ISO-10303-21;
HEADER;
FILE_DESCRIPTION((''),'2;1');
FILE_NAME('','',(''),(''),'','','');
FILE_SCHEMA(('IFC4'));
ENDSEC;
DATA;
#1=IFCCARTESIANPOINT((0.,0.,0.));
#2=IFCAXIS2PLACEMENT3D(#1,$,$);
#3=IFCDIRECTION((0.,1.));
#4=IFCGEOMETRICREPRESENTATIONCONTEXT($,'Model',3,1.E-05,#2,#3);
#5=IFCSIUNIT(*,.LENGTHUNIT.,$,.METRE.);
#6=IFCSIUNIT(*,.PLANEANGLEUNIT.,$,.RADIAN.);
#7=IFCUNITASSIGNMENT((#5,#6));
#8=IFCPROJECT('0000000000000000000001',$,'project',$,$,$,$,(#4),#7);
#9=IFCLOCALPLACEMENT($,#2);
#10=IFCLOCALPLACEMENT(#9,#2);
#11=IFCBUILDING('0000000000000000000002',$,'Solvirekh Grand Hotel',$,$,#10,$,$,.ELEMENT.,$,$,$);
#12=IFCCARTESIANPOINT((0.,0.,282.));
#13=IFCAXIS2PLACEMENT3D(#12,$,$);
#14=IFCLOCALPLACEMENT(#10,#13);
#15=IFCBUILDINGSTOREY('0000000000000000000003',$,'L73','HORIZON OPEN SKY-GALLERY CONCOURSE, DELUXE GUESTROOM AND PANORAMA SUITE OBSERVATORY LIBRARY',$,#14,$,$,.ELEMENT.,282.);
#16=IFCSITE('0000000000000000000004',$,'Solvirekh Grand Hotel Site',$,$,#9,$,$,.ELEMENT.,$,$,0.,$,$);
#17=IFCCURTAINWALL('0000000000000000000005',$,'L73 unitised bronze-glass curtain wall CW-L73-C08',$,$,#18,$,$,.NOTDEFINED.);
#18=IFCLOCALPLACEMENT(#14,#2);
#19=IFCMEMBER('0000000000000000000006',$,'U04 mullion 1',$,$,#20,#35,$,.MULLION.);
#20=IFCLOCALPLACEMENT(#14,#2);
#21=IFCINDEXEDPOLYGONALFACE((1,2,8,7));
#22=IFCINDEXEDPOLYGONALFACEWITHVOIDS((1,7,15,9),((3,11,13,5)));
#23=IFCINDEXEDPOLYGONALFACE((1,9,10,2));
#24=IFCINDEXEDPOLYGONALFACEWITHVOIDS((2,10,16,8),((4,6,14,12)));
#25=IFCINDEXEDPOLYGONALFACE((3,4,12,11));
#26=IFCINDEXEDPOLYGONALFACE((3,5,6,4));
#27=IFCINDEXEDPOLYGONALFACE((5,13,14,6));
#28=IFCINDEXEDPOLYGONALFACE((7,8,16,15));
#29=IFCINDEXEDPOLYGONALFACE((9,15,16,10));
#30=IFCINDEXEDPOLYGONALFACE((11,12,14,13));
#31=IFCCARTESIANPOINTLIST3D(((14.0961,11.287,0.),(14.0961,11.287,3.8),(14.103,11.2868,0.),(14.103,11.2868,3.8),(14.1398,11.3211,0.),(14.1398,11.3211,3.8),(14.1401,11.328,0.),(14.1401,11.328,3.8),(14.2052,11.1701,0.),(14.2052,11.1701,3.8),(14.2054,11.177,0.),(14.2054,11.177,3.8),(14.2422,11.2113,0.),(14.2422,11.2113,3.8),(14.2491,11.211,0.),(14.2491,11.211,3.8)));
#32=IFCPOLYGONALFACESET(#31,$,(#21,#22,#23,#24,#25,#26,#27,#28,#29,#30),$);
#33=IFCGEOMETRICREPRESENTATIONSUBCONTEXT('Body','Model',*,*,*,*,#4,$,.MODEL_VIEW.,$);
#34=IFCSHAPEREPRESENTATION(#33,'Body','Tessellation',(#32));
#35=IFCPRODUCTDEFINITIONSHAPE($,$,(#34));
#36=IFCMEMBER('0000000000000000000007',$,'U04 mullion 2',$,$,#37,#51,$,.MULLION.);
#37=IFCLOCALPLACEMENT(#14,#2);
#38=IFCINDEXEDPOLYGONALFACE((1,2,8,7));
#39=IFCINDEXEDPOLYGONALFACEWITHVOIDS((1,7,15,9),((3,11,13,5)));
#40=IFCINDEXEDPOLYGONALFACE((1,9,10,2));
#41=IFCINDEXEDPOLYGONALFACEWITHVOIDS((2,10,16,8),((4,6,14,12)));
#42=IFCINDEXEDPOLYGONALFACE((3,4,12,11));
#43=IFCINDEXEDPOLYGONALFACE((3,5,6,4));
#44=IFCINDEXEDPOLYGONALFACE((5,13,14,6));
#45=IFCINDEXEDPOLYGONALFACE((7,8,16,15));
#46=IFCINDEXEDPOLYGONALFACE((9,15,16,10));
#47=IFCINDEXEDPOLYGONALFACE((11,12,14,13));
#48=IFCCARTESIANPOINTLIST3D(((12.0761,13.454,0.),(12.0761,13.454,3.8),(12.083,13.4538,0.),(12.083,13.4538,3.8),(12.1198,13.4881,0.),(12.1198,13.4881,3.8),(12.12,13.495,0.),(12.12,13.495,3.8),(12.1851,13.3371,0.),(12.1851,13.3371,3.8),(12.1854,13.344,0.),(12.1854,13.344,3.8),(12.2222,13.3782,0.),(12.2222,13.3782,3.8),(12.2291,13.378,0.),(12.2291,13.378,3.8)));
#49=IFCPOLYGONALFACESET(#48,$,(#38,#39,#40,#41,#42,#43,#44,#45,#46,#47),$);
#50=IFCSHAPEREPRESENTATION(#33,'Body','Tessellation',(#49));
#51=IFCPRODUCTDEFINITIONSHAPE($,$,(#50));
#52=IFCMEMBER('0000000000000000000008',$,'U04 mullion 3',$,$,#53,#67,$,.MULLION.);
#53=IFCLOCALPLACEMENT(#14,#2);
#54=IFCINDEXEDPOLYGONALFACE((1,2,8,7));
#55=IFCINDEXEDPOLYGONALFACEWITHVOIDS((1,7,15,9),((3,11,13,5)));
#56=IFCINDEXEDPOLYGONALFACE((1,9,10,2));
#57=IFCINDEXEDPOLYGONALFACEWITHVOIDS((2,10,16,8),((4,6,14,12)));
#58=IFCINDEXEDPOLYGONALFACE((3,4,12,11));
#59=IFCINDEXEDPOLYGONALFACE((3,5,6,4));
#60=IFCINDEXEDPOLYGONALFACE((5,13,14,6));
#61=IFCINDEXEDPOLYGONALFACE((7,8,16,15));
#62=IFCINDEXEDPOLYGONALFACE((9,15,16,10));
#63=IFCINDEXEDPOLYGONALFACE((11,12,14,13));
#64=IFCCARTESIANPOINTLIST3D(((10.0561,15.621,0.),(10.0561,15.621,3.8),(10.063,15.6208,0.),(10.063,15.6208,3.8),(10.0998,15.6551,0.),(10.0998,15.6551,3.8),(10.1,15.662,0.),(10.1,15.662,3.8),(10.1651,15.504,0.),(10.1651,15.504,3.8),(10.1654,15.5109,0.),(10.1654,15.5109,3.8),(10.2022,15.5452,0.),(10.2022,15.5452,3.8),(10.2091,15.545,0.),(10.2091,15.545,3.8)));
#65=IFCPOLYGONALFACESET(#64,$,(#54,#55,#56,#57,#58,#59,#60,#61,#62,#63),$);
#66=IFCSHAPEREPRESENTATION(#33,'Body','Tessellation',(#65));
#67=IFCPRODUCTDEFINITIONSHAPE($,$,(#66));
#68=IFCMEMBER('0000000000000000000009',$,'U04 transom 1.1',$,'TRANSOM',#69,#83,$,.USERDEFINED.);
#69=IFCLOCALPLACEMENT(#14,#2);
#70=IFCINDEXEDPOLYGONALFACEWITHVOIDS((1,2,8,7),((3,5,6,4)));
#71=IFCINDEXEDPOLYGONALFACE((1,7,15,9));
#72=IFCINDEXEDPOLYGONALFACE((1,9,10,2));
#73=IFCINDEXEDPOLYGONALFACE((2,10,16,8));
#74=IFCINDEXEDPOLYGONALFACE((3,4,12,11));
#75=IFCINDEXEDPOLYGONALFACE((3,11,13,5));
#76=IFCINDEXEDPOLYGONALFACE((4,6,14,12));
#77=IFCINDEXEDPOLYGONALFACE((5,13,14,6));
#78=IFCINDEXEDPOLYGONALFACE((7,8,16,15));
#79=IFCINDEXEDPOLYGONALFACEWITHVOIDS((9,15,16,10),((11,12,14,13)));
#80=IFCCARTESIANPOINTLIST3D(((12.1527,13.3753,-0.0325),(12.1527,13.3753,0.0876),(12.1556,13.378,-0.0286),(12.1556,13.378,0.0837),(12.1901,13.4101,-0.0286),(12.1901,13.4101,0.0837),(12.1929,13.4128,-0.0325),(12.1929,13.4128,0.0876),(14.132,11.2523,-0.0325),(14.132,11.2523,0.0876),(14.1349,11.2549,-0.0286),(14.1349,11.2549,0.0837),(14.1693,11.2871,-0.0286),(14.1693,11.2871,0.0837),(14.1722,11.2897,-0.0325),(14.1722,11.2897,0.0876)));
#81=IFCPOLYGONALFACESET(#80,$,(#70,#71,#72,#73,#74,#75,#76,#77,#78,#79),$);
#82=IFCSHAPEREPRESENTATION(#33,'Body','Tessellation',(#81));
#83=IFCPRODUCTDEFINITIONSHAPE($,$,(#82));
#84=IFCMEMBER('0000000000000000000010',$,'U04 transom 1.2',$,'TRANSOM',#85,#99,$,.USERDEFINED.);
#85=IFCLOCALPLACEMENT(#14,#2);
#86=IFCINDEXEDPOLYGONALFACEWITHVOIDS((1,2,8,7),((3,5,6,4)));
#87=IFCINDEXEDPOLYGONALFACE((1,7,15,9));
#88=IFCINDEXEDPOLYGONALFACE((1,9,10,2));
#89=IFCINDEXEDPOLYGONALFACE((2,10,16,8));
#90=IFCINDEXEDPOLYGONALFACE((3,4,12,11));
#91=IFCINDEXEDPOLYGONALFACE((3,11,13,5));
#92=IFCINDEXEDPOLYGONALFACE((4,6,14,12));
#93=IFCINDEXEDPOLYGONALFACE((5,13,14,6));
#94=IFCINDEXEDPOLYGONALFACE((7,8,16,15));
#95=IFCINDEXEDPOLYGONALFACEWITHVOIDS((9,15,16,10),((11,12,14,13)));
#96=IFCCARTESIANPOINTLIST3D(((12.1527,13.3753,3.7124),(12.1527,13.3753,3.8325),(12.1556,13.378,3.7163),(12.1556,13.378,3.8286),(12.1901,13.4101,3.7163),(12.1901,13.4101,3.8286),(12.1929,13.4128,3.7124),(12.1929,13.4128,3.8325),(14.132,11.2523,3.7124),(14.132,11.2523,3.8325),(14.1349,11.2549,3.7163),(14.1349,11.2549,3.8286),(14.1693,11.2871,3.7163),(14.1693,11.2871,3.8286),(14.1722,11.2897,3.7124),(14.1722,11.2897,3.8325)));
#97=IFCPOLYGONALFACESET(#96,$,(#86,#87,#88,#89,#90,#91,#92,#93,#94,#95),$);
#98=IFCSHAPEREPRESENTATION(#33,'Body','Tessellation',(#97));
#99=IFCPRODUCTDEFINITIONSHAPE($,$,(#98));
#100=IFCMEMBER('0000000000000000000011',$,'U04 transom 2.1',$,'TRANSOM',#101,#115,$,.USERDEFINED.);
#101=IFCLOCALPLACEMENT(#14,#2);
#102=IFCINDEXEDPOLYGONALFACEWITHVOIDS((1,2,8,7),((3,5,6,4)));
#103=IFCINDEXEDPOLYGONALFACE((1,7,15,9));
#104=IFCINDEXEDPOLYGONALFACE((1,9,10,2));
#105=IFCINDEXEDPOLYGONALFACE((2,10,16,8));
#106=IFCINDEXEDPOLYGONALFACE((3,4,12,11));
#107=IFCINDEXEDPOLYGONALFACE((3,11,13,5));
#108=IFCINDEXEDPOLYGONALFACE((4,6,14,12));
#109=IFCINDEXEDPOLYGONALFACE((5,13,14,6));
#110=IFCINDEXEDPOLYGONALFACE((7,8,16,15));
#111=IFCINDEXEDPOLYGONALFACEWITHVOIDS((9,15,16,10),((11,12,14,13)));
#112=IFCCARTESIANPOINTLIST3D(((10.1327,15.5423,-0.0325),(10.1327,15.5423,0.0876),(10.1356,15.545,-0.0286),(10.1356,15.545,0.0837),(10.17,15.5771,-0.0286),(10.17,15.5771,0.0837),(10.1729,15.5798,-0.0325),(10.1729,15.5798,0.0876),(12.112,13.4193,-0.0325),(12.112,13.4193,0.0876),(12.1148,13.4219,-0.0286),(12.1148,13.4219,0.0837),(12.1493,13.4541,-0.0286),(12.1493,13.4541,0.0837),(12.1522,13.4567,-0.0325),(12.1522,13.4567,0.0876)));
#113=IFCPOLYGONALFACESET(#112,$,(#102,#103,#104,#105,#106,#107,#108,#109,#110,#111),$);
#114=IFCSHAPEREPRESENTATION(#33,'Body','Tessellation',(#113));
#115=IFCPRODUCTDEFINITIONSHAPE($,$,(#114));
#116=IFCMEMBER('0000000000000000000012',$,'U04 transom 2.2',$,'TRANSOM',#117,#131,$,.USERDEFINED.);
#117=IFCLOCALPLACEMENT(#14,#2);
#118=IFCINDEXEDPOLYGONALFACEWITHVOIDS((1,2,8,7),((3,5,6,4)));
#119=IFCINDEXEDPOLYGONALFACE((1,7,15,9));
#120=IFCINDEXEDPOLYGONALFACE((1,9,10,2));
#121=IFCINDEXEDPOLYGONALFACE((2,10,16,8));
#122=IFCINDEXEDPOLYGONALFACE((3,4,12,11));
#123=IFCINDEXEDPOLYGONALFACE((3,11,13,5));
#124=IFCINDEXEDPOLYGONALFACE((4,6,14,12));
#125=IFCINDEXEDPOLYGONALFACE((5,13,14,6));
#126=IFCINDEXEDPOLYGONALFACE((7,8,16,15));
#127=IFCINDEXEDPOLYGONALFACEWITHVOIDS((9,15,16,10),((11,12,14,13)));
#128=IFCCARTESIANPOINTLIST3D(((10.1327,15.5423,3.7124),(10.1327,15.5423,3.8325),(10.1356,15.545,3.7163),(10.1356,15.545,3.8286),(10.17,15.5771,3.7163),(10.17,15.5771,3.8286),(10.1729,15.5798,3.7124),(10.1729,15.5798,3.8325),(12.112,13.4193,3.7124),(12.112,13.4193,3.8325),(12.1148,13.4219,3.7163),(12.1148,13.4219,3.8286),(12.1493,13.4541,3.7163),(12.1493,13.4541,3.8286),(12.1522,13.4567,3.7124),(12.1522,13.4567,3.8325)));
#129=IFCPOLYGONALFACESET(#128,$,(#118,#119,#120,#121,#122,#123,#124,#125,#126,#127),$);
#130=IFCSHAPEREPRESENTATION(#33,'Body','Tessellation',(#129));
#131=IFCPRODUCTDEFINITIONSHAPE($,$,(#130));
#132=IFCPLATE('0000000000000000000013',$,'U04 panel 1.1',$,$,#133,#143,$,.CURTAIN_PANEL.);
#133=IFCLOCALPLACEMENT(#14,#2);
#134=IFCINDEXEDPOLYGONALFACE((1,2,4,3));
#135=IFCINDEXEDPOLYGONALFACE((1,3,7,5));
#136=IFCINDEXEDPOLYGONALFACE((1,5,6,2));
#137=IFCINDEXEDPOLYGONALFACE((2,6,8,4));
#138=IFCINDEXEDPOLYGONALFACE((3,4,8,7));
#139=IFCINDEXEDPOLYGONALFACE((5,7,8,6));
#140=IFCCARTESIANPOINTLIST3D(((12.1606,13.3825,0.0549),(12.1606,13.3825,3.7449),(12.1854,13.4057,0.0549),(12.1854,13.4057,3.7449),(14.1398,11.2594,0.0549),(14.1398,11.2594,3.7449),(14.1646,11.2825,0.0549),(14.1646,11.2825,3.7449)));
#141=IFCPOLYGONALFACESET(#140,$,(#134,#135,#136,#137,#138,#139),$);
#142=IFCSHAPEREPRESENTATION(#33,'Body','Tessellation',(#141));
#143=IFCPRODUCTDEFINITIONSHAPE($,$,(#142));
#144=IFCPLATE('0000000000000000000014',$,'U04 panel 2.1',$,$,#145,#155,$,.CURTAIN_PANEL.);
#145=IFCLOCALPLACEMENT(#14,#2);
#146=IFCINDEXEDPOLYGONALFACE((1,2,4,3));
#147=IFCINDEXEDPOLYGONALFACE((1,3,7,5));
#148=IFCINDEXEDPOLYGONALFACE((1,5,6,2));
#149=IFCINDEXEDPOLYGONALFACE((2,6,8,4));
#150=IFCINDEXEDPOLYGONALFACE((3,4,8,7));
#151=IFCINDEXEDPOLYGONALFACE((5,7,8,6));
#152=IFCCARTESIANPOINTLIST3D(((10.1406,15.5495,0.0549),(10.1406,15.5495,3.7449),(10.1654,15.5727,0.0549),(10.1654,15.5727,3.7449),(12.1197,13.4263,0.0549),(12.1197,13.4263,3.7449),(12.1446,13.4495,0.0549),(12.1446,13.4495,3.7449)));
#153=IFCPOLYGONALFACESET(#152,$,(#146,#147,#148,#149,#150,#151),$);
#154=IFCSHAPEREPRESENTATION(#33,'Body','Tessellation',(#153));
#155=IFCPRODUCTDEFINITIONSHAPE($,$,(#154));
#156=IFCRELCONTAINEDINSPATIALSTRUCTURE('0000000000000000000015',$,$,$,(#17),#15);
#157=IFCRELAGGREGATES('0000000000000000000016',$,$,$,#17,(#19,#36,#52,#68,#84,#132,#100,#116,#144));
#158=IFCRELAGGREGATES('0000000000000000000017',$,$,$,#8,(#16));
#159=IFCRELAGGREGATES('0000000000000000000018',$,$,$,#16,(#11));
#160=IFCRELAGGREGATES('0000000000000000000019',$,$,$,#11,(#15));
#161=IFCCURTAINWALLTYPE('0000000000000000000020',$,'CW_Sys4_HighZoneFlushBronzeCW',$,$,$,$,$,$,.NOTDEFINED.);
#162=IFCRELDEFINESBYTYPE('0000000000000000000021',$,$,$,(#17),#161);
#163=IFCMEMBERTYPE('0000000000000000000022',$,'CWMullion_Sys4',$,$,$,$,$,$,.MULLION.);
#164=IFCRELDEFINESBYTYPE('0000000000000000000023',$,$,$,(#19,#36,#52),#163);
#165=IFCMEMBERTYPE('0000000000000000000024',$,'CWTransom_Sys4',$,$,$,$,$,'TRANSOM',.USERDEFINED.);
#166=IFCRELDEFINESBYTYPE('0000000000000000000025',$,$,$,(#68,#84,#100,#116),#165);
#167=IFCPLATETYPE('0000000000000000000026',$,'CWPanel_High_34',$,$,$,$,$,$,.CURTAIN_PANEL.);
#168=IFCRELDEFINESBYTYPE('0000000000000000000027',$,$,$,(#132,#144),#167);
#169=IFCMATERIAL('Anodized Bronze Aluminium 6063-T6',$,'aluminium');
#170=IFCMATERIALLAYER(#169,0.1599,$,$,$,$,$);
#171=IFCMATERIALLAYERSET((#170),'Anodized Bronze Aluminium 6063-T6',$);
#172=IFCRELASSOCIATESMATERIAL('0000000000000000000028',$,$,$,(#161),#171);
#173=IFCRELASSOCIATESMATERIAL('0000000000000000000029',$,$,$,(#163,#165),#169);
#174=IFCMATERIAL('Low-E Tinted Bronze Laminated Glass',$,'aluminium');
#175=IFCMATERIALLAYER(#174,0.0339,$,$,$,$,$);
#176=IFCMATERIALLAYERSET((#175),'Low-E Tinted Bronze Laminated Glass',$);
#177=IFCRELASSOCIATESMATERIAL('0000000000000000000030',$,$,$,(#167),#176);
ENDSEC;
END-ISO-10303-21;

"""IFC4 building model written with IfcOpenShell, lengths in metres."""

from ifc_helpers import new_model, si_unit, direction, frame, origin, origin_2d, place, context, subcontext, project, spatial, rectangle, hollow_rectangle, extrude, source, transform, mapped, material, layer, layer_set, material_profile, profile_set, type_object, element, aggregate, save


model = new_model("IFC4")

# Units and contexts
model_context = context("Model", 3, precision=1e-05, world=origin(), true_north=direction((0.0, 1.0)))
body_context = subcontext(model_context, "Body", "Model", "MODEL_VIEW")
ifc_project = project(units=[si_unit("LENGTHUNIT", "METRE"), si_unit("PLANEANGLEUNIT", "RADIAN")], contexts=[model_context])

# Site, building, storey
site_placement = place(None, origin())
site = spatial("IfcSite", under=ifc_project, at=site_placement, Name="Solvirekh Grand Hotel Site", CompositionType="ELEMENT", RefElevation=0.0)
building_placement = place(site_placement, origin())
building = spatial("IfcBuilding", under=site, at=building_placement, Name="Solvirekh Grand Hotel", CompositionType="ELEMENT")
storey_placement = place(building_placement, frame((0.0, 0.0, 282.0)))
storey = spatial("IfcBuildingStorey", under=building, at=storey_placement, Name="L73", Description="HORIZON OPEN SKY-GALLERY CONCOURSE, DELUXE GUESTROOM AND PANORAMA SUITE OBSERVATORY LIBRARY", CompositionType="ELEMENT", Elevation=282.0)

# Curtain wall, members, plates
ifc_material_1 = material(Name="Anodized Bronze Aluminium 6063-T6", Category="aluminium")
ifc_layer_1 = layer(ifc_material_1, 0.1599)
ifc_layer_set_1 = layer_set([ifc_layer_1], Name="Anodized Bronze Aluminium 6063-T6")
curtain_wall_type = type_object("IfcCurtainWallType", Name="CW_Sys4_HighZoneFlushBronzeCW", PredefinedType="NOTDEFINED", material=ifc_layer_set_1)
curtain_wall_placement = place(storey_placement, origin())
curtain_wall = element("IfcCurtainWall", 1, at=curtain_wall_placement, inside=storey, type_object=curtain_wall_type, Name="L73 unitised bronze-glass curtain wall CW-L73-C08", PredefinedType="NOTDEFINED")
ifc_material_profile_1 = material_profile(ifc_material_1, hollow_rectangle(XDim=0.0601, YDim=0.1599, WallThickness=0.0049, at=origin_2d()), Name="ALU RHS 160X60X5")
ifc_profile_set_1 = profile_set([ifc_material_profile_1], Name="Anodized Bronze Aluminium 6063-T6")
member_type_1 = type_object("IfcMemberType", Name="CWMullion_Sys4", PredefinedType="MULLION", material=ifc_profile_set_1)
shared_shape_1 = source(origin(), body_context, "Body", "SweptSolid", [
    extrude(hollow_rectangle(XDim=0.0601, YDim=0.1599, WallThickness=0.0049, at=origin_2d()), origin(), (0.0, 0.0, 1.0), 3.8),
])
member_1_placement = place(storey_placement, frame((14.1726, 11.249, 0.0), z_axis=(0.0, 0.0, 1.0), x_axis=(-0.731483, -0.68186, 0.0)))
member_1 = element("IfcMember", 2, at=member_1_placement, type_object=member_type_1, Name="U04 mullion 1", PredefinedType="MULLION", context=body_context, shape_type="MappedRepresentation", body=[
    mapped(shared_shape_1, transform((0.0, 0.0, 0.0), x_axis=(1.0, 0.0, 0.0), y_axis=(0.0, 1.0, 0.0), z_axis=(0.0, 0.0, 1.0), scale=1.0)),
])
member_2_placement = place(storey_placement, frame((12.1526, 13.416, 0.0), z_axis=(0.0, 0.0, 1.0), x_axis=(-0.731483, -0.68186, 0.0)))
member_2 = element("IfcMember", 3, at=member_2_placement, type_object=member_type_1, Name="U04 mullion 2", PredefinedType="MULLION", context=body_context, shape_type="MappedRepresentation", body=[
    mapped(shared_shape_1, transform((0.0, 0.0, 0.0), x_axis=(1.0, 0.0, 0.0), y_axis=(0.0, 1.0, 0.0), z_axis=(0.0, 0.0, 1.0), scale=1.0)),
])
member_3_placement = place(storey_placement, frame((10.1326, 15.583, 0.0), z_axis=(0.0, 0.0, 1.0), x_axis=(-0.731483, -0.68186, 0.0)))
member_3 = element("IfcMember", 4, at=member_3_placement, type_object=member_type_1, Name="U04 mullion 3", PredefinedType="MULLION", context=body_context, shape_type="MappedRepresentation", body=[
    mapped(shared_shape_1, transform((0.0, 0.0, 0.0), x_axis=(1.0, 0.0, 0.0), y_axis=(0.0, 1.0, 0.0), z_axis=(0.0, 0.0, 1.0), scale=1.0)),
])
ifc_material_profile_2 = material_profile(ifc_material_1, hollow_rectangle(XDim=0.0549, YDim=0.1201, WallThickness=0.0039, at=origin_2d()), Name="ALU RHS 120X55X4")
ifc_profile_set_2 = profile_set([ifc_material_profile_2], Name="Anodized Bronze Aluminium 6063-T6")
member_type_2 = type_object("IfcMemberType", Name="CWTransom_Sys4", ElementType="TRANSOM", PredefinedType="USERDEFINED", material=ifc_profile_set_2)
shared_shape_2 = source(origin(), body_context, "Body", "SweptSolid", [
    extrude(hollow_rectangle(XDim=0.0549, YDim=0.1201, WallThickness=0.0039, at=origin_2d()), origin(), (0.0, 0.0, 1.0), 2.9026),
])
member_4_placement = place(storey_placement, frame((14.1521, 11.271, 0.0276), z_axis=(-0.681902, 0.731444, 0.0), x_axis=(-0.731444, -0.681902, 0.0)))
member_4 = element("IfcMember", 5, at=member_4_placement, type_object=member_type_2, Name="U04 transom 1.1", ObjectType="TRANSOM", PredefinedType="USERDEFINED", context=body_context, shape_type="MappedRepresentation", body=[
    mapped(shared_shape_2, transform((0.0, 0.0, 0.0), x_axis=(1.0, 0.0, 0.0), y_axis=(0.0, 1.0, 0.0), z_axis=(0.0, 0.0, 1.0), scale=1.0)),
])
member_5_placement = place(storey_placement, frame((14.1521, 11.271, 3.7725), z_axis=(-0.681902, 0.731444, 0.0), x_axis=(-0.731444, -0.681902, 0.0)))
member_5 = element("IfcMember", 6, at=member_5_placement, type_object=member_type_2, Name="U04 transom 1.2", ObjectType="TRANSOM", PredefinedType="USERDEFINED", context=body_context, shape_type="MappedRepresentation", body=[
    mapped(shared_shape_2, transform((0.0, 0.0, 0.0), x_axis=(1.0, 0.0, 0.0), y_axis=(0.0, 1.0, 0.0), z_axis=(0.0, 0.0, 1.0), scale=1.0)),
])
member_6_placement = place(storey_placement, frame((12.1321, 13.438, 0.0276), z_axis=(-0.681902, 0.731444, 0.0), x_axis=(-0.731444, -0.681902, 0.0)))
member_6 = element("IfcMember", 7, at=member_6_placement, type_object=member_type_2, Name="U04 transom 2.1", ObjectType="TRANSOM", PredefinedType="USERDEFINED", context=body_context, shape_type="MappedRepresentation", body=[
    mapped(shared_shape_2, transform((0.0, 0.0, 0.0), x_axis=(1.0, 0.0, 0.0), y_axis=(0.0, 1.0, 0.0), z_axis=(0.0, 0.0, 1.0), scale=1.0)),
])
member_7_placement = place(storey_placement, frame((12.1321, 13.438, 3.7725), z_axis=(-0.681902, 0.731444, 0.0), x_axis=(-0.731444, -0.681902, 0.0)))
member_7 = element("IfcMember", 8, at=member_7_placement, type_object=member_type_2, Name="U04 transom 2.2", ObjectType="TRANSOM", PredefinedType="USERDEFINED", context=body_context, shape_type="MappedRepresentation", body=[
    mapped(shared_shape_2, transform((0.0, 0.0, 0.0), x_axis=(1.0, 0.0, 0.0), y_axis=(0.0, 1.0, 0.0), z_axis=(0.0, 0.0, 1.0), scale=1.0)),
])
ifc_material_2 = material(Name="Low-E Tinted Bronze Laminated Glass", Category="aluminium")
ifc_layer_2 = layer(ifc_material_2, 0.0339)
ifc_layer_set_2 = layer_set([ifc_layer_2], Name="Low-E Tinted Bronze Laminated Glass")
plate_type = type_object("IfcPlateType", Name="CWPanel_High_34", PredefinedType="CURTAIN_PANEL", material=ifc_layer_set_2)
shared_shape_3 = source(origin(), body_context, "Body", "SweptSolid", [
    extrude(rectangle(XDim=2.9026, YDim=0.0339, at=origin_2d()), origin(), (0.0, 0.0, 1.0), 3.6899),
])
plate_1_placement = place(storey_placement, frame((13.1626, 12.3325, 0.0549), z_axis=(0.0, 0.0, 1.0), x_axis=(-0.68186, 0.731483, 0.0)))
plate_1 = element("IfcPlate", 9, at=plate_1_placement, type_object=plate_type, Name="U04 panel 1.1", PredefinedType="CURTAIN_PANEL", context=body_context, shape_type="MappedRepresentation", body=[
    mapped(shared_shape_3, transform((0.0, 0.0, 0.0), x_axis=(1.0, 0.0, 0.0), y_axis=(0.0, 1.0, 0.0), z_axis=(0.0, 0.0, 1.0), scale=1.0)),
])
plate_2_placement = place(storey_placement, frame((11.1426, 14.4995, 0.0549), z_axis=(0.0, 0.0, 1.0), x_axis=(-0.68186, 0.731483, 0.0)))
plate_2 = element("IfcPlate", 10, at=plate_2_placement, type_object=plate_type, Name="U04 panel 2.1", PredefinedType="CURTAIN_PANEL", context=body_context, shape_type="MappedRepresentation", body=[
    mapped(shared_shape_3, transform((0.0, 0.0, 0.0), x_axis=(1.0, 0.0, 0.0), y_axis=(0.0, 1.0, 0.0), z_axis=(0.0, 0.0, 1.0), scale=1.0)),
])
aggregate(curtain_wall, [member_1, member_2, member_3, member_4, member_5, plate_1, member_6, member_7, plate_2])

save(model, "model.ifc")
